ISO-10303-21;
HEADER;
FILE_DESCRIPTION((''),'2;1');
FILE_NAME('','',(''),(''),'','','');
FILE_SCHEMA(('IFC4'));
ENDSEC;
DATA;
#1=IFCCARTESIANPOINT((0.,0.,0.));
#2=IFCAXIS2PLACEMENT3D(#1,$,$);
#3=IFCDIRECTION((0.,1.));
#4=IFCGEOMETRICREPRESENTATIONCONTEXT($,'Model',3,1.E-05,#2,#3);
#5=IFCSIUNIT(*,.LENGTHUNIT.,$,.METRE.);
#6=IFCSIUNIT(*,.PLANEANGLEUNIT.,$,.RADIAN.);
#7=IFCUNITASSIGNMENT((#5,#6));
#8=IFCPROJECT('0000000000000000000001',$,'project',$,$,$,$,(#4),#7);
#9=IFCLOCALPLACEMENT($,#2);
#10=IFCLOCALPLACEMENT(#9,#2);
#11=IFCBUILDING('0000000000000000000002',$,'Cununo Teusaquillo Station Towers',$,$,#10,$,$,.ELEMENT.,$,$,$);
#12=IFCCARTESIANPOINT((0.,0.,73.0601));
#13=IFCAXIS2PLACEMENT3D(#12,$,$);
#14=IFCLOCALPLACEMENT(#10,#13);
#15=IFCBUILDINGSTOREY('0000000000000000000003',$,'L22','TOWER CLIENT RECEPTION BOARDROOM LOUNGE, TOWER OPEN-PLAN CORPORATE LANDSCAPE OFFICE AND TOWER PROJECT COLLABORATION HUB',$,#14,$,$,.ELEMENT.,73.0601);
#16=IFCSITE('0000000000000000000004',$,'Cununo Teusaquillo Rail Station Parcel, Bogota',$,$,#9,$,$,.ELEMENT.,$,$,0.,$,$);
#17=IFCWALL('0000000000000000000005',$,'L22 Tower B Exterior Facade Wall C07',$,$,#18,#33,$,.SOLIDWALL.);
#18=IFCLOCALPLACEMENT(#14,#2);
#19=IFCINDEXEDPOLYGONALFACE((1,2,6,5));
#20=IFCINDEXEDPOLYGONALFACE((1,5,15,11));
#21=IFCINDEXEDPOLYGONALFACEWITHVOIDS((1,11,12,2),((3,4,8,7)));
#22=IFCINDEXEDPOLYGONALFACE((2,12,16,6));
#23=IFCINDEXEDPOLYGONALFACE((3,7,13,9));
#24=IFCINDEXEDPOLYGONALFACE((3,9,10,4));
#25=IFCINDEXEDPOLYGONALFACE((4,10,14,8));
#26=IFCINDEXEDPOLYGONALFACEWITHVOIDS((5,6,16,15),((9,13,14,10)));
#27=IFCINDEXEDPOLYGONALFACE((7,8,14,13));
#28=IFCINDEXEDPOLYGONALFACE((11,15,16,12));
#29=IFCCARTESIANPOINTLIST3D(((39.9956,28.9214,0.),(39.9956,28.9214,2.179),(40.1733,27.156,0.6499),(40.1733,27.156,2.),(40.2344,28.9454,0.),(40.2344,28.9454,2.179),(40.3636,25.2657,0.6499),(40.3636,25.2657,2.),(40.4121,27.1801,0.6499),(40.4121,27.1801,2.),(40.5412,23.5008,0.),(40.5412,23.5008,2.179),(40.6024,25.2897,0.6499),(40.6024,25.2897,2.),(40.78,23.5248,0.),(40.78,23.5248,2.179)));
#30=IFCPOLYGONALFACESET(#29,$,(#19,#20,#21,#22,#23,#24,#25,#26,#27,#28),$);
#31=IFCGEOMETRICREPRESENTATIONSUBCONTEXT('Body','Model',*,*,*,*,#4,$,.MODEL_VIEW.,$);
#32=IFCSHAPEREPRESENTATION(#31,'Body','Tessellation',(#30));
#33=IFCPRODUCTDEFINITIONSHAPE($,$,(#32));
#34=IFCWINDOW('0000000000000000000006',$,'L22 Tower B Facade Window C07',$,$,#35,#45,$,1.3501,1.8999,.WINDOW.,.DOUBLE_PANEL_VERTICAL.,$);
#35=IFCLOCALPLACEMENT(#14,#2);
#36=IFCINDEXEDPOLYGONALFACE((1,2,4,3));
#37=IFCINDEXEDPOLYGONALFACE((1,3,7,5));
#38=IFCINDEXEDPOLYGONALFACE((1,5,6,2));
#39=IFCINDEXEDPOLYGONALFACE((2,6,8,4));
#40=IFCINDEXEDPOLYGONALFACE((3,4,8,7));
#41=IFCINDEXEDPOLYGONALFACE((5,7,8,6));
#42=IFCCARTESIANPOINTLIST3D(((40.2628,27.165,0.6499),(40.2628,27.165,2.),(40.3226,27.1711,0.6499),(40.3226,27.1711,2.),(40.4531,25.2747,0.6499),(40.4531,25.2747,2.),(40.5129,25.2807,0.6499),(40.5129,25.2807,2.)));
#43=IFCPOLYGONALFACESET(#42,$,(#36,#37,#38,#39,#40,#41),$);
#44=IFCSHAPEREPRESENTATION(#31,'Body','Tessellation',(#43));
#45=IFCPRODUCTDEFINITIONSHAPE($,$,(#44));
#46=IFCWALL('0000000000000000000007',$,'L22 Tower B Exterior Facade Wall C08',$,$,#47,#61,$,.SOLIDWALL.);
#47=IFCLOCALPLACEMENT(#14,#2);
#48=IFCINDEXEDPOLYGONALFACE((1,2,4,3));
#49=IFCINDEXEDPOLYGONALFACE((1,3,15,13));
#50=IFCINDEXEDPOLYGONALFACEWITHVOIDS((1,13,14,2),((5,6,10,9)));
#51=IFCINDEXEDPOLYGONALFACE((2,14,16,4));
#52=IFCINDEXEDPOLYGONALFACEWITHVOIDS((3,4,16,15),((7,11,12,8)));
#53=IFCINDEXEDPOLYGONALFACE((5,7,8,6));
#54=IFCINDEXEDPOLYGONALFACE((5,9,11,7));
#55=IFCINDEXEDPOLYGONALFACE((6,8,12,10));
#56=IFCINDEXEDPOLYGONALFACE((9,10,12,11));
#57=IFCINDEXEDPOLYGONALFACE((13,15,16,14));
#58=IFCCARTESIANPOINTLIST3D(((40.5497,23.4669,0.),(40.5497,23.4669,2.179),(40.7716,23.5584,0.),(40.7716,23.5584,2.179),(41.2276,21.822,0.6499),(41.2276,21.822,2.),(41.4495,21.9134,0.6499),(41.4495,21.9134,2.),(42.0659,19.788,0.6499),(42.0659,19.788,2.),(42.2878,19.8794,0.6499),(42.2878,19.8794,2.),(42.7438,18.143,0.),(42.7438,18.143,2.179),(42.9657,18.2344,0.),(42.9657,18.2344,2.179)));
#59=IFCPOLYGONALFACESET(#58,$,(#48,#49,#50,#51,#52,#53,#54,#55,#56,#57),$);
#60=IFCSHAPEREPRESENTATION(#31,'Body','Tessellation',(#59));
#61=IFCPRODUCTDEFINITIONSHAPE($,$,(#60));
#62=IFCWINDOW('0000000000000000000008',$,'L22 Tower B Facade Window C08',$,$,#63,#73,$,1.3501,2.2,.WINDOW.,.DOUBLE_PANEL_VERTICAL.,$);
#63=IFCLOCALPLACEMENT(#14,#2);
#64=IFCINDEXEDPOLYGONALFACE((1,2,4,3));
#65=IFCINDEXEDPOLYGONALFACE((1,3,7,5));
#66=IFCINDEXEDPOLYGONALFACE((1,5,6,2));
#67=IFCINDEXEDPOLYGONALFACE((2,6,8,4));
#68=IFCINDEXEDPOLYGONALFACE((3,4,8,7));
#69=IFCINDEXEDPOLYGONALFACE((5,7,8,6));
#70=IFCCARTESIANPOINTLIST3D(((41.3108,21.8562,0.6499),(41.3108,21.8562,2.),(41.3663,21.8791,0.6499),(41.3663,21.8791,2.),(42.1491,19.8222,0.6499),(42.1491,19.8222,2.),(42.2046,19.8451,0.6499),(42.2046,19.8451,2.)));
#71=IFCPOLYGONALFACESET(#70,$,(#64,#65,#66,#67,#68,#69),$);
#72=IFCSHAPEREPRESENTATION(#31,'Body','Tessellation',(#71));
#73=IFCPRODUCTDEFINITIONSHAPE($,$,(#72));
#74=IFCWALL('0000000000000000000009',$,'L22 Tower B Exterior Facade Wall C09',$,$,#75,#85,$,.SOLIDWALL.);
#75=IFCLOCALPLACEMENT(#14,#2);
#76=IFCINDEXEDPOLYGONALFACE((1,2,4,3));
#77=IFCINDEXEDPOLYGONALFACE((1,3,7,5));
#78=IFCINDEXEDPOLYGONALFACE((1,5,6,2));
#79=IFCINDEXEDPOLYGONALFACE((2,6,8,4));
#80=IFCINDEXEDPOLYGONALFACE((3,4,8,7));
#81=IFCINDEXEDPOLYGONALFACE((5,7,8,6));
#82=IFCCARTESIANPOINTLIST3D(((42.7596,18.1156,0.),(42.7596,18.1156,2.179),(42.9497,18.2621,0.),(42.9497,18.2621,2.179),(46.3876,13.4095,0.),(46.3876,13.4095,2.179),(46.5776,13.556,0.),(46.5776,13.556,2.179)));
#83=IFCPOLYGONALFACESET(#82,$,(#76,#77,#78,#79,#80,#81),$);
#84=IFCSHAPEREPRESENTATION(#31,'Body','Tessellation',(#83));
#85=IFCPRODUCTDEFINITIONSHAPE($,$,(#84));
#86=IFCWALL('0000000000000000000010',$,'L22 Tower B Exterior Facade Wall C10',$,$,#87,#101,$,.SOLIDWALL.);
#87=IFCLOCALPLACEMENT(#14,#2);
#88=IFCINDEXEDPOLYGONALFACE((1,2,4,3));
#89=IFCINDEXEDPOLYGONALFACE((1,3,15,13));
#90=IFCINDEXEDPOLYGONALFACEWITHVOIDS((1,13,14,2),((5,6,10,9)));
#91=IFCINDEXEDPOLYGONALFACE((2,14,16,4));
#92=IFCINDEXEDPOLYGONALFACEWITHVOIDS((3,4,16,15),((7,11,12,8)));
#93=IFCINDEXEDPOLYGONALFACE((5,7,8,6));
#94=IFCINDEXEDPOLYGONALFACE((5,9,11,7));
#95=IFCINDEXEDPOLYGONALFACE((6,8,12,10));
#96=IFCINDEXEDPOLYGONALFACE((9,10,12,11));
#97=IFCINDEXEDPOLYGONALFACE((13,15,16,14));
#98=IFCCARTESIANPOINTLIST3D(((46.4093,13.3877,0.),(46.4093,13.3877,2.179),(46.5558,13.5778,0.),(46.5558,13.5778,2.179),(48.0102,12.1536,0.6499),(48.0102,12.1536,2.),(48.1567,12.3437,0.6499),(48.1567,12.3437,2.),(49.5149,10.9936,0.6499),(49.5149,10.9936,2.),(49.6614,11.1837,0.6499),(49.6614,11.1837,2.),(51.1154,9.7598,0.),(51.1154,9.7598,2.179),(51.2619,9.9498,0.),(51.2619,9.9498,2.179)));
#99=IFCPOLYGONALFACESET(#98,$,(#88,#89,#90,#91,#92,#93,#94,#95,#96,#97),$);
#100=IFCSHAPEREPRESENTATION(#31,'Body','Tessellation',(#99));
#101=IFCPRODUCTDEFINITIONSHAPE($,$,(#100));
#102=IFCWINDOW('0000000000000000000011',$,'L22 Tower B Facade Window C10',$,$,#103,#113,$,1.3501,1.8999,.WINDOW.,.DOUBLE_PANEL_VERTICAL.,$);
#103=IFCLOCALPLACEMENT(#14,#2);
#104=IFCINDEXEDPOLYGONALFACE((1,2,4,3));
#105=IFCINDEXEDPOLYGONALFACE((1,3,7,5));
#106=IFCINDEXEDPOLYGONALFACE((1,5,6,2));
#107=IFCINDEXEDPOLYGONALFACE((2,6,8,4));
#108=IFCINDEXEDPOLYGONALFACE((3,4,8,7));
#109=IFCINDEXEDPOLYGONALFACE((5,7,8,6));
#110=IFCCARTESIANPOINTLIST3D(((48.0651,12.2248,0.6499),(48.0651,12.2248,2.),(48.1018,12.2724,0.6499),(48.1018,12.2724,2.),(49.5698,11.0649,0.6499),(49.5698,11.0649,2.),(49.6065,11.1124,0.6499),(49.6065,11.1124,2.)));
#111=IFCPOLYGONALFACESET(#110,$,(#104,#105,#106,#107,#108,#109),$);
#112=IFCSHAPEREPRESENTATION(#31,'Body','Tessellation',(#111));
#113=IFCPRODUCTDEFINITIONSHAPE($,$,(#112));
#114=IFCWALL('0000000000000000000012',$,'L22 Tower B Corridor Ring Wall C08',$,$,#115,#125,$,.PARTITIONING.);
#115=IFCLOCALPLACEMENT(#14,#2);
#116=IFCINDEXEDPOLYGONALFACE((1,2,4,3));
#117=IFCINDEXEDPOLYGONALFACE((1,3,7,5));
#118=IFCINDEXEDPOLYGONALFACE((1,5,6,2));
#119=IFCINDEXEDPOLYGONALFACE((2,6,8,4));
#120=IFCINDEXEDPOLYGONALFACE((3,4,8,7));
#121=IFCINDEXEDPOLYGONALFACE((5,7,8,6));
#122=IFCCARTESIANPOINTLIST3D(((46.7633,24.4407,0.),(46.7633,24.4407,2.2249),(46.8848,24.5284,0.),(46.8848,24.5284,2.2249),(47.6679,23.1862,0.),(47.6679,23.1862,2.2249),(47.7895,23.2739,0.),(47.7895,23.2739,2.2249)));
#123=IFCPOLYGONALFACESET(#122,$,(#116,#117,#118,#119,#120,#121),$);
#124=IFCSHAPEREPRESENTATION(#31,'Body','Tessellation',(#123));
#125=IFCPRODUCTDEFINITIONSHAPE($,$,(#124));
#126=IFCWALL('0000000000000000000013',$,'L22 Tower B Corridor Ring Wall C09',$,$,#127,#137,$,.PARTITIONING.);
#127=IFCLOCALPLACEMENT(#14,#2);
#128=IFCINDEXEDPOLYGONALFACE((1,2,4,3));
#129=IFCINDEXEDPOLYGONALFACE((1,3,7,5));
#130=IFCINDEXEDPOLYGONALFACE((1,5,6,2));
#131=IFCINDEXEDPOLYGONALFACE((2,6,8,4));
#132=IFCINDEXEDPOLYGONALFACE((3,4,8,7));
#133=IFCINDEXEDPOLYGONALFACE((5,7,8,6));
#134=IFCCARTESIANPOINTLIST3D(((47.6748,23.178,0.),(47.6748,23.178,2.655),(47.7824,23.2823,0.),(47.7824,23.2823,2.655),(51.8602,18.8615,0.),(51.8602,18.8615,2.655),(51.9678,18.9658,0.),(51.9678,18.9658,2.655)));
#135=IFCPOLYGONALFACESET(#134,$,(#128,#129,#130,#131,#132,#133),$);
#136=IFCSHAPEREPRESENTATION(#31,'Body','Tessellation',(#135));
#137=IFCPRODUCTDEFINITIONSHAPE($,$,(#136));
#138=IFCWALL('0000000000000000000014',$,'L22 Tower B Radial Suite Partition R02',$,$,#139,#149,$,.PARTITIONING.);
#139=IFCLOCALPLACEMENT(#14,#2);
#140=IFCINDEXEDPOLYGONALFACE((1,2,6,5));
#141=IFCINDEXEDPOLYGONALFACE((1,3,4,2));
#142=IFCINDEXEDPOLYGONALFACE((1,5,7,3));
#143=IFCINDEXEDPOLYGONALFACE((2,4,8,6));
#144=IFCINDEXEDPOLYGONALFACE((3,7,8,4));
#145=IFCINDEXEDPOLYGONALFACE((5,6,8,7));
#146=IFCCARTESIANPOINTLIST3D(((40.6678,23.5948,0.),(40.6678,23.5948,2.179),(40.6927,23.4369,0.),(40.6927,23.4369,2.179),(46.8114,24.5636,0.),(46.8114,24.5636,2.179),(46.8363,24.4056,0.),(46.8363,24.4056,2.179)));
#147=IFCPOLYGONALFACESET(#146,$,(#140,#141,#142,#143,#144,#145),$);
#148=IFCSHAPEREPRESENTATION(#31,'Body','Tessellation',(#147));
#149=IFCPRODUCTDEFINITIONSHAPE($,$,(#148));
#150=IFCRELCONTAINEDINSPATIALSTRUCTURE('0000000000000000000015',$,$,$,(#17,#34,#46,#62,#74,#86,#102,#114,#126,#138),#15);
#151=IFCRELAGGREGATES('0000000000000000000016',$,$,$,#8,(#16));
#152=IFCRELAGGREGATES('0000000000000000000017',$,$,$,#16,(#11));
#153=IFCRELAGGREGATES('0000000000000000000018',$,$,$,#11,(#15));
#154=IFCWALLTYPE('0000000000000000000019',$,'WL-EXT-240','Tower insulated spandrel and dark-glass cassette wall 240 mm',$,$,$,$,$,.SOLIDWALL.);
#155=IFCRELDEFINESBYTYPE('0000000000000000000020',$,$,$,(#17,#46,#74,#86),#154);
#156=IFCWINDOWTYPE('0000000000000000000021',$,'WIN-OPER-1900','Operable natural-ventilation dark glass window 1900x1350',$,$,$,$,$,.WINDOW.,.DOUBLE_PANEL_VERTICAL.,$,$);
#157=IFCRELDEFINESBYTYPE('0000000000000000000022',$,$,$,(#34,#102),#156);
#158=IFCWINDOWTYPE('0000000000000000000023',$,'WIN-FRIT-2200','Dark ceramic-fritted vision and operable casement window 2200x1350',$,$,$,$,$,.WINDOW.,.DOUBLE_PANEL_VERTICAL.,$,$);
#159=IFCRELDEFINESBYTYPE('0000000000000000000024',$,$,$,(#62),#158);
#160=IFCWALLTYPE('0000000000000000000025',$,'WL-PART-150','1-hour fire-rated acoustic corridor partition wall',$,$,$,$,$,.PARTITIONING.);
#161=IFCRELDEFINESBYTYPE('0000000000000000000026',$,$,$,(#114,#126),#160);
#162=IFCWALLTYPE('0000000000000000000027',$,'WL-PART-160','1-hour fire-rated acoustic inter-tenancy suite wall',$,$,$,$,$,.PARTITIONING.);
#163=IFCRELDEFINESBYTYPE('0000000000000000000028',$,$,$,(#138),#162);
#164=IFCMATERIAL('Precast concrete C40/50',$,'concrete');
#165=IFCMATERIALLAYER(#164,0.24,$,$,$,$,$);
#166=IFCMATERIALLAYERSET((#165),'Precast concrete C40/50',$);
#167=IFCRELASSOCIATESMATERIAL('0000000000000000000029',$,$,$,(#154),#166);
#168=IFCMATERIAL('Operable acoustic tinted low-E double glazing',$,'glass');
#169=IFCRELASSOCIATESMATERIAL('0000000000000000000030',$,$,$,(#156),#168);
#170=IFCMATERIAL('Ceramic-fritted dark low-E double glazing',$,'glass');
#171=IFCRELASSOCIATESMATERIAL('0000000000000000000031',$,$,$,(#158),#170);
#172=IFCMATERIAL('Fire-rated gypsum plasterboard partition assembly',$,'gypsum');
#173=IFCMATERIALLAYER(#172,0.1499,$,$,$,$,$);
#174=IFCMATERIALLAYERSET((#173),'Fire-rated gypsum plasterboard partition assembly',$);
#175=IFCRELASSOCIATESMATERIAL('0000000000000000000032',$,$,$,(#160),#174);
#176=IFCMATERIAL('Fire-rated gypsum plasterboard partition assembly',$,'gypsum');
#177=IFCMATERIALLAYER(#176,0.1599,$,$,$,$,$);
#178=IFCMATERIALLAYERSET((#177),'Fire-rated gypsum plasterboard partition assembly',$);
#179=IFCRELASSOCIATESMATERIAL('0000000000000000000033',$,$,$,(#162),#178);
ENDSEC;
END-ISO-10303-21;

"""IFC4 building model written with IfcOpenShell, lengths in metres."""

from ifc_helpers import new_model, si_unit, direction, frame, frame_2d, origin, place, context, subcontext, project, spatial, rectangle, extrude, source, transform, mapped, material, layer, layer_set, type_object, element, fill, save


model = new_model("IFC4")

# Units and contexts
model_context = context("Model", 3, precision=1e-05, world=origin(), true_north=direction((0.0, 1.0)))
body_context = subcontext(model_context, "Body", "Model", "MODEL_VIEW")
ifc_project = project(units=[si_unit("LENGTHUNIT", "METRE"), si_unit("PLANEANGLEUNIT", "RADIAN")], contexts=[model_context])

# Site, building, storey
site_placement = place(None, origin())
site = spatial("IfcSite", under=ifc_project, at=site_placement, Name="Cununo Teusaquillo Rail Station Parcel, Bogota", CompositionType="ELEMENT", RefElevation=0.0)
building_placement = place(site_placement, origin())
building = spatial("IfcBuilding", under=site, at=building_placement, Name="Cununo Teusaquillo Station Towers", CompositionType="ELEMENT")
storey_placement = place(building_placement, frame((0.0, 0.0, 73.0601)))
storey = spatial("IfcBuildingStorey", under=building, at=storey_placement, Name="L22", Description="TOWER CLIENT RECEPTION BOARDROOM LOUNGE, TOWER OPEN-PLAN CORPORATE LANDSCAPE OFFICE AND TOWER PROJECT COLLABORATION HUB", CompositionType="ELEMENT", Elevation=73.0601)

# Shared definitions
ifc_material_1 = material(Name="Precast concrete C40/50", Category="concrete")
ifc_layer_1 = layer(ifc_material_1, 0.24)
ifc_layer_set_1 = layer_set([ifc_layer_1], Name="Precast concrete C40/50")
wall_type_1 = type_object("IfcWallType", Name="WL-EXT-240", Description="Tower insulated spandrel and dark-glass cassette wall 240 mm", PredefinedType="SOLIDWALL", material=ifc_layer_set_1)

# Walls, openings, windows
shared_shape_1 = source(origin(), body_context, "Body", "SweptSolid", [
    extrude(rectangle(XDim=1.8999, YDim=1.3501, at=frame_2d((0.95, 0.675))), frame((0.0, 0.1299, 0.0), z_axis=(0.0, -1.0, 0.0), x_axis=(1.0, 0.0, 0.0)), (0.0, 0.0, 1.0), 0.26),
])
ifc_material_2 = material(Name="Operable acoustic tinted low-E double glazing", Category="glass")
window_type_1 = type_object("IfcWindowType", Name="WIN-OPER-1900", Description="Operable natural-ventilation dark glass window 1900x1350", PartitioningType="DOUBLE_PANEL_VERTICAL", PredefinedType="WINDOW", material=ifc_material_2)
shared_shape_2 = source(origin(), body_context, "Body", "SweptSolid", [
    extrude(rectangle(XDim=1.8999, YDim=1.3501, at=frame_2d((0.95, 0.675))), frame((0.0, 0.03, 0.0), z_axis=(0.0, -1.0, 0.0), x_axis=(1.0, 0.0, 0.0)), (0.0, 0.0, 1.0), 0.0601),
])
wall_1_placement = place(storey_placement, frame((40.6606, 23.5127, 0.0), z_axis=(0.0, 0.0, 1.0), x_axis=(-0.100156, 0.994972, 0.0)))
wall_1 = element("IfcWall", 1, at=wall_1_placement, inside=storey, type_object=wall_type_1, Name="L22 Tower B Exterior Facade Wall C07", PredefinedType="SOLIDWALL", context=body_context, shape_type="SweptSolid", body=[
    extrude(rectangle(XDim=5.448, YDim=0.24, at=frame_2d((2.7241, 0.0))), origin(), (0.0, 0.0, 1.0), 2.179),
])
opening_1_placement = place(wall_1_placement, frame((1.7739, 0.0, 0.6499)))
opening_1 = element("IfcOpeningElement", 2, at=opening_1_placement, cuts=wall_1, PredefinedType="OPENING", context=body_context, shape_type="MappedRepresentation", body=[
    mapped(shared_shape_1, transform((0.0, 0.0, 0.0), x_axis=(1.0, 0.0, 0.0), y_axis=(0.0, 1.0, 0.0), z_axis=(0.0, 0.0, 1.0), scale=1.0)),
])
window_1_placement = place(opening_1_placement, origin())
window_1 = element("IfcWindow", 3, at=window_1_placement, inside=storey, type_object=window_type_1, Name="L22 Tower B Facade Window C07", OverallHeight=1.3501, OverallWidth=1.8999, PartitioningType="DOUBLE_PANEL_VERTICAL", PredefinedType="WINDOW", context=body_context, shape_type="MappedRepresentation", body=[
    mapped(shared_shape_2, transform((0.0, 0.0, 0.0), x_axis=(1.0, 0.0, 0.0), y_axis=(0.0, 1.0, 0.0), z_axis=(0.0, 0.0, 1.0), scale=1.0)),
])
fill(opening_1, window_1)
wall_2_placement = place(storey_placement, frame((42.8547, 18.1887, 0.0), z_axis=(0.0, 0.0, 1.0), x_axis=(-0.381027, 0.924564, 0.0)))
wall_2 = element("IfcWall", 4, at=wall_2_placement, inside=storey, type_object=wall_type_1, Name="L22 Tower B Exterior Facade Wall C08", PredefinedType="SOLIDWALL", context=body_context, shape_type="SweptSolid", body=[
    extrude(rectangle(XDim=5.7583, YDim=0.24, at=frame_2d((2.8792, 0.0))), origin(), (0.0, 0.0, 1.0), 2.179),
])
shared_shape_3 = source(origin(), body_context, "Body", "SweptSolid", [
    extrude(rectangle(XDim=2.2, YDim=1.3501, at=frame_2d((1.1001, 0.675))), frame((0.0, 0.1299, 0.0), z_axis=(0.0, -1.0, 0.0), x_axis=(1.0, 0.0, 0.0)), (0.0, 0.0, 1.0), 0.26),
])
opening_2_placement = place(wall_2_placement, frame((1.7791, 0.0, 0.6499)))
opening_2 = element("IfcOpeningElement", 5, at=opening_2_placement, cuts=wall_2, PredefinedType="OPENING", context=body_context, shape_type="MappedRepresentation", body=[
    mapped(shared_shape_3, transform((0.0, 0.0, 0.0), x_axis=(1.0, 0.0, 0.0), y_axis=(0.0, 1.0, 0.0), z_axis=(0.0, 0.0, 1.0), scale=1.0)),
])
ifc_material_3 = material(Name="Ceramic-fritted dark low-E double glazing", Category="glass")
window_type_2 = type_object("IfcWindowType", Name="WIN-FRIT-2200", Description="Dark ceramic-fritted vision and operable casement window 2200x1350", PartitioningType="DOUBLE_PANEL_VERTICAL", PredefinedType="WINDOW", material=ifc_material_3)
shared_shape_4 = source(origin(), body_context, "Body", "SweptSolid", [
    extrude(rectangle(XDim=2.2, YDim=1.3501, at=frame_2d((1.1001, 0.675))), frame((0.0, 0.03, 0.0), z_axis=(0.0, -1.0, 0.0), x_axis=(1.0, 0.0, 0.0)), (0.0, 0.0, 1.0), 0.0601),
])
window_2_placement = place(opening_2_placement, origin())
window_2 = element("IfcWindow", 6, at=window_2_placement, inside=storey, type_object=window_type_2, Name="L22 Tower B Facade Window C08", OverallHeight=1.3501, OverallWidth=2.2, PartitioningType="DOUBLE_PANEL_VERTICAL", PredefinedType="WINDOW", context=body_context, shape_type="MappedRepresentation", body=[
    mapped(shared_shape_4, transform((0.0, 0.0, 0.0), x_axis=(1.0, 0.0, 0.0), y_axis=(0.0, 1.0, 0.0), z_axis=(0.0, 0.0, 1.0), scale=1.0)),
])
fill(opening_2, window_2)

# Wall
wall_3_placement = place(storey_placement, frame((46.4827, 13.4827, 0.0), z_axis=(0.0, 0.0, 1.0), x_axis=(-0.610544, 0.791982, 0.0)))
element("IfcWall", 7, at=wall_3_placement, inside=storey, type_object=wall_type_1, Name="L22 Tower B Exterior Facade Wall C09", PredefinedType="SOLIDWALL", context=body_context, shape_type="SweptSolid", body=[
    extrude(rectangle(XDim=5.9421, YDim=0.24, at=frame_2d((2.9712, 0.0))), origin(), (0.0, 0.0, 1.0), 2.179),
])

# Wall, opening, window
wall_4_placement = place(storey_placement, frame((51.1887, 9.8547, 0.0), z_axis=(0.0, 0.0, 1.0), x_axis=(-0.791982, 0.610544, 0.0)))
wall_4 = element("IfcWall", 8, at=wall_4_placement, inside=storey, type_object=wall_type_1, Name="L22 Tower B Exterior Facade Wall C10", PredefinedType="SOLIDWALL", context=body_context, shape_type="SweptSolid", body=[
    extrude(rectangle(XDim=5.9421, YDim=0.24, at=frame_2d((2.9712, 0.0))), origin(), (0.0, 0.0, 1.0), 2.179),
])
opening_3_placement = place(wall_4_placement, frame((2.021, 0.0, 0.6499)))
opening_3 = element("IfcOpeningElement", 9, at=opening_3_placement, cuts=wall_4, PredefinedType="OPENING", context=body_context, shape_type="MappedRepresentation", body=[
    mapped(shared_shape_1, transform((0.0, 0.0, 0.0), x_axis=(1.0, 0.0, 0.0), y_axis=(0.0, 1.0, 0.0), z_axis=(0.0, 0.0, 1.0), scale=1.0)),
])
window_3_placement = place(opening_3_placement, origin())
window_3 = element("IfcWindow", 10, at=window_3_placement, inside=storey, type_object=window_type_1, Name="L22 Tower B Facade Window C10", OverallHeight=1.3501, OverallWidth=1.8999, PartitioningType="DOUBLE_PANEL_VERTICAL", PredefinedType="WINDOW", context=body_context, shape_type="MappedRepresentation", body=[
    mapped(shared_shape_2, transform((0.0, 0.0, 0.0), x_axis=(1.0, 0.0, 0.0), y_axis=(0.0, 1.0, 0.0), z_axis=(0.0, 0.0, 1.0), scale=1.0)),
])
fill(opening_3, window_3)

# Walls
ifc_material_4 = material(Name="Fire-rated gypsum plasterboard partition assembly", Category="gypsum")
ifc_layer_2 = layer(ifc_material_4, 0.1499)
ifc_layer_set_2 = layer_set([ifc_layer_2], Name="Fire-rated gypsum plasterboard partition assembly")
wall_type_2 = type_object("IfcWallType", Name="WL-PART-150", Description="1-hour fire-rated acoustic corridor partition wall", PredefinedType="PARTITIONING", material=ifc_layer_set_2)
wall_5_placement = place(storey_placement, frame((46.824, 24.4846, 0.0), z_axis=(0.0, 0.0, 1.0), x_axis=(0.584891, -0.811112, 0.0)))
element("IfcWall", 11, at=wall_5_placement, inside=storey, type_object=wall_type_2, Name="L22 Tower B Corridor Ring Wall C08", PredefinedType="PARTITIONING", context=body_context, shape_type="SweptSolid", body=[
    extrude(rectangle(XDim=1.5466, YDim=0.1499, at=frame_2d((0.7734, 0.0))), origin(), (0.0, 0.0, 1.0), 2.2249),
])
wall_6_placement = place(storey_placement, frame((47.7285, 23.2302, 0.0), z_axis=(0.0, 0.0, 1.0), x_axis=(0.69612, -0.717926, 0.0)))
element("IfcWall", 12, at=wall_6_placement, inside=storey, type_object=wall_type_2, Name="L22 Tower B Corridor Ring Wall C09", PredefinedType="PARTITIONING", context=body_context, shape_type="SweptSolid", body=[
    extrude(rectangle(XDim=6.0125, YDim=0.1499, at=frame_2d((3.0063, 0.0))), origin(), (0.0, 0.0, 1.0), 2.655),
])
ifc_material_5 = material(Name="Fire-rated gypsum plasterboard partition assembly", Category="gypsum")
ifc_layer_3 = layer(ifc_material_5, 0.1599)
ifc_layer_set_3 = layer_set([ifc_layer_3], Name="Fire-rated gypsum plasterboard partition assembly")
wall_type_3 = type_object("IfcWallType", Name="WL-PART-160", Description="1-hour fire-rated acoustic inter-tenancy suite wall", PredefinedType="PARTITIONING", material=ifc_layer_set_3)
wall_7_placement = place(storey_placement, frame((46.824, 24.4846, 0.0), z_axis=(0.0, 0.0, 1.0), x_axis=(-0.987795, -0.155761, 0.0)))
element("IfcWall", 13, at=wall_7_placement, inside=storey, type_object=wall_type_3, Name="L22 Tower B Radial Suite Partition R02", PredefinedType="PARTITIONING", context=body_context, shape_type="SweptSolid", body=[
    extrude(rectangle(XDim=6.2195, YDim=0.1599, at=frame_2d((3.1099, 0.0))), origin(), (0.0, 0.0, 1.0), 2.179),
])

save(model, "model.ifc")
